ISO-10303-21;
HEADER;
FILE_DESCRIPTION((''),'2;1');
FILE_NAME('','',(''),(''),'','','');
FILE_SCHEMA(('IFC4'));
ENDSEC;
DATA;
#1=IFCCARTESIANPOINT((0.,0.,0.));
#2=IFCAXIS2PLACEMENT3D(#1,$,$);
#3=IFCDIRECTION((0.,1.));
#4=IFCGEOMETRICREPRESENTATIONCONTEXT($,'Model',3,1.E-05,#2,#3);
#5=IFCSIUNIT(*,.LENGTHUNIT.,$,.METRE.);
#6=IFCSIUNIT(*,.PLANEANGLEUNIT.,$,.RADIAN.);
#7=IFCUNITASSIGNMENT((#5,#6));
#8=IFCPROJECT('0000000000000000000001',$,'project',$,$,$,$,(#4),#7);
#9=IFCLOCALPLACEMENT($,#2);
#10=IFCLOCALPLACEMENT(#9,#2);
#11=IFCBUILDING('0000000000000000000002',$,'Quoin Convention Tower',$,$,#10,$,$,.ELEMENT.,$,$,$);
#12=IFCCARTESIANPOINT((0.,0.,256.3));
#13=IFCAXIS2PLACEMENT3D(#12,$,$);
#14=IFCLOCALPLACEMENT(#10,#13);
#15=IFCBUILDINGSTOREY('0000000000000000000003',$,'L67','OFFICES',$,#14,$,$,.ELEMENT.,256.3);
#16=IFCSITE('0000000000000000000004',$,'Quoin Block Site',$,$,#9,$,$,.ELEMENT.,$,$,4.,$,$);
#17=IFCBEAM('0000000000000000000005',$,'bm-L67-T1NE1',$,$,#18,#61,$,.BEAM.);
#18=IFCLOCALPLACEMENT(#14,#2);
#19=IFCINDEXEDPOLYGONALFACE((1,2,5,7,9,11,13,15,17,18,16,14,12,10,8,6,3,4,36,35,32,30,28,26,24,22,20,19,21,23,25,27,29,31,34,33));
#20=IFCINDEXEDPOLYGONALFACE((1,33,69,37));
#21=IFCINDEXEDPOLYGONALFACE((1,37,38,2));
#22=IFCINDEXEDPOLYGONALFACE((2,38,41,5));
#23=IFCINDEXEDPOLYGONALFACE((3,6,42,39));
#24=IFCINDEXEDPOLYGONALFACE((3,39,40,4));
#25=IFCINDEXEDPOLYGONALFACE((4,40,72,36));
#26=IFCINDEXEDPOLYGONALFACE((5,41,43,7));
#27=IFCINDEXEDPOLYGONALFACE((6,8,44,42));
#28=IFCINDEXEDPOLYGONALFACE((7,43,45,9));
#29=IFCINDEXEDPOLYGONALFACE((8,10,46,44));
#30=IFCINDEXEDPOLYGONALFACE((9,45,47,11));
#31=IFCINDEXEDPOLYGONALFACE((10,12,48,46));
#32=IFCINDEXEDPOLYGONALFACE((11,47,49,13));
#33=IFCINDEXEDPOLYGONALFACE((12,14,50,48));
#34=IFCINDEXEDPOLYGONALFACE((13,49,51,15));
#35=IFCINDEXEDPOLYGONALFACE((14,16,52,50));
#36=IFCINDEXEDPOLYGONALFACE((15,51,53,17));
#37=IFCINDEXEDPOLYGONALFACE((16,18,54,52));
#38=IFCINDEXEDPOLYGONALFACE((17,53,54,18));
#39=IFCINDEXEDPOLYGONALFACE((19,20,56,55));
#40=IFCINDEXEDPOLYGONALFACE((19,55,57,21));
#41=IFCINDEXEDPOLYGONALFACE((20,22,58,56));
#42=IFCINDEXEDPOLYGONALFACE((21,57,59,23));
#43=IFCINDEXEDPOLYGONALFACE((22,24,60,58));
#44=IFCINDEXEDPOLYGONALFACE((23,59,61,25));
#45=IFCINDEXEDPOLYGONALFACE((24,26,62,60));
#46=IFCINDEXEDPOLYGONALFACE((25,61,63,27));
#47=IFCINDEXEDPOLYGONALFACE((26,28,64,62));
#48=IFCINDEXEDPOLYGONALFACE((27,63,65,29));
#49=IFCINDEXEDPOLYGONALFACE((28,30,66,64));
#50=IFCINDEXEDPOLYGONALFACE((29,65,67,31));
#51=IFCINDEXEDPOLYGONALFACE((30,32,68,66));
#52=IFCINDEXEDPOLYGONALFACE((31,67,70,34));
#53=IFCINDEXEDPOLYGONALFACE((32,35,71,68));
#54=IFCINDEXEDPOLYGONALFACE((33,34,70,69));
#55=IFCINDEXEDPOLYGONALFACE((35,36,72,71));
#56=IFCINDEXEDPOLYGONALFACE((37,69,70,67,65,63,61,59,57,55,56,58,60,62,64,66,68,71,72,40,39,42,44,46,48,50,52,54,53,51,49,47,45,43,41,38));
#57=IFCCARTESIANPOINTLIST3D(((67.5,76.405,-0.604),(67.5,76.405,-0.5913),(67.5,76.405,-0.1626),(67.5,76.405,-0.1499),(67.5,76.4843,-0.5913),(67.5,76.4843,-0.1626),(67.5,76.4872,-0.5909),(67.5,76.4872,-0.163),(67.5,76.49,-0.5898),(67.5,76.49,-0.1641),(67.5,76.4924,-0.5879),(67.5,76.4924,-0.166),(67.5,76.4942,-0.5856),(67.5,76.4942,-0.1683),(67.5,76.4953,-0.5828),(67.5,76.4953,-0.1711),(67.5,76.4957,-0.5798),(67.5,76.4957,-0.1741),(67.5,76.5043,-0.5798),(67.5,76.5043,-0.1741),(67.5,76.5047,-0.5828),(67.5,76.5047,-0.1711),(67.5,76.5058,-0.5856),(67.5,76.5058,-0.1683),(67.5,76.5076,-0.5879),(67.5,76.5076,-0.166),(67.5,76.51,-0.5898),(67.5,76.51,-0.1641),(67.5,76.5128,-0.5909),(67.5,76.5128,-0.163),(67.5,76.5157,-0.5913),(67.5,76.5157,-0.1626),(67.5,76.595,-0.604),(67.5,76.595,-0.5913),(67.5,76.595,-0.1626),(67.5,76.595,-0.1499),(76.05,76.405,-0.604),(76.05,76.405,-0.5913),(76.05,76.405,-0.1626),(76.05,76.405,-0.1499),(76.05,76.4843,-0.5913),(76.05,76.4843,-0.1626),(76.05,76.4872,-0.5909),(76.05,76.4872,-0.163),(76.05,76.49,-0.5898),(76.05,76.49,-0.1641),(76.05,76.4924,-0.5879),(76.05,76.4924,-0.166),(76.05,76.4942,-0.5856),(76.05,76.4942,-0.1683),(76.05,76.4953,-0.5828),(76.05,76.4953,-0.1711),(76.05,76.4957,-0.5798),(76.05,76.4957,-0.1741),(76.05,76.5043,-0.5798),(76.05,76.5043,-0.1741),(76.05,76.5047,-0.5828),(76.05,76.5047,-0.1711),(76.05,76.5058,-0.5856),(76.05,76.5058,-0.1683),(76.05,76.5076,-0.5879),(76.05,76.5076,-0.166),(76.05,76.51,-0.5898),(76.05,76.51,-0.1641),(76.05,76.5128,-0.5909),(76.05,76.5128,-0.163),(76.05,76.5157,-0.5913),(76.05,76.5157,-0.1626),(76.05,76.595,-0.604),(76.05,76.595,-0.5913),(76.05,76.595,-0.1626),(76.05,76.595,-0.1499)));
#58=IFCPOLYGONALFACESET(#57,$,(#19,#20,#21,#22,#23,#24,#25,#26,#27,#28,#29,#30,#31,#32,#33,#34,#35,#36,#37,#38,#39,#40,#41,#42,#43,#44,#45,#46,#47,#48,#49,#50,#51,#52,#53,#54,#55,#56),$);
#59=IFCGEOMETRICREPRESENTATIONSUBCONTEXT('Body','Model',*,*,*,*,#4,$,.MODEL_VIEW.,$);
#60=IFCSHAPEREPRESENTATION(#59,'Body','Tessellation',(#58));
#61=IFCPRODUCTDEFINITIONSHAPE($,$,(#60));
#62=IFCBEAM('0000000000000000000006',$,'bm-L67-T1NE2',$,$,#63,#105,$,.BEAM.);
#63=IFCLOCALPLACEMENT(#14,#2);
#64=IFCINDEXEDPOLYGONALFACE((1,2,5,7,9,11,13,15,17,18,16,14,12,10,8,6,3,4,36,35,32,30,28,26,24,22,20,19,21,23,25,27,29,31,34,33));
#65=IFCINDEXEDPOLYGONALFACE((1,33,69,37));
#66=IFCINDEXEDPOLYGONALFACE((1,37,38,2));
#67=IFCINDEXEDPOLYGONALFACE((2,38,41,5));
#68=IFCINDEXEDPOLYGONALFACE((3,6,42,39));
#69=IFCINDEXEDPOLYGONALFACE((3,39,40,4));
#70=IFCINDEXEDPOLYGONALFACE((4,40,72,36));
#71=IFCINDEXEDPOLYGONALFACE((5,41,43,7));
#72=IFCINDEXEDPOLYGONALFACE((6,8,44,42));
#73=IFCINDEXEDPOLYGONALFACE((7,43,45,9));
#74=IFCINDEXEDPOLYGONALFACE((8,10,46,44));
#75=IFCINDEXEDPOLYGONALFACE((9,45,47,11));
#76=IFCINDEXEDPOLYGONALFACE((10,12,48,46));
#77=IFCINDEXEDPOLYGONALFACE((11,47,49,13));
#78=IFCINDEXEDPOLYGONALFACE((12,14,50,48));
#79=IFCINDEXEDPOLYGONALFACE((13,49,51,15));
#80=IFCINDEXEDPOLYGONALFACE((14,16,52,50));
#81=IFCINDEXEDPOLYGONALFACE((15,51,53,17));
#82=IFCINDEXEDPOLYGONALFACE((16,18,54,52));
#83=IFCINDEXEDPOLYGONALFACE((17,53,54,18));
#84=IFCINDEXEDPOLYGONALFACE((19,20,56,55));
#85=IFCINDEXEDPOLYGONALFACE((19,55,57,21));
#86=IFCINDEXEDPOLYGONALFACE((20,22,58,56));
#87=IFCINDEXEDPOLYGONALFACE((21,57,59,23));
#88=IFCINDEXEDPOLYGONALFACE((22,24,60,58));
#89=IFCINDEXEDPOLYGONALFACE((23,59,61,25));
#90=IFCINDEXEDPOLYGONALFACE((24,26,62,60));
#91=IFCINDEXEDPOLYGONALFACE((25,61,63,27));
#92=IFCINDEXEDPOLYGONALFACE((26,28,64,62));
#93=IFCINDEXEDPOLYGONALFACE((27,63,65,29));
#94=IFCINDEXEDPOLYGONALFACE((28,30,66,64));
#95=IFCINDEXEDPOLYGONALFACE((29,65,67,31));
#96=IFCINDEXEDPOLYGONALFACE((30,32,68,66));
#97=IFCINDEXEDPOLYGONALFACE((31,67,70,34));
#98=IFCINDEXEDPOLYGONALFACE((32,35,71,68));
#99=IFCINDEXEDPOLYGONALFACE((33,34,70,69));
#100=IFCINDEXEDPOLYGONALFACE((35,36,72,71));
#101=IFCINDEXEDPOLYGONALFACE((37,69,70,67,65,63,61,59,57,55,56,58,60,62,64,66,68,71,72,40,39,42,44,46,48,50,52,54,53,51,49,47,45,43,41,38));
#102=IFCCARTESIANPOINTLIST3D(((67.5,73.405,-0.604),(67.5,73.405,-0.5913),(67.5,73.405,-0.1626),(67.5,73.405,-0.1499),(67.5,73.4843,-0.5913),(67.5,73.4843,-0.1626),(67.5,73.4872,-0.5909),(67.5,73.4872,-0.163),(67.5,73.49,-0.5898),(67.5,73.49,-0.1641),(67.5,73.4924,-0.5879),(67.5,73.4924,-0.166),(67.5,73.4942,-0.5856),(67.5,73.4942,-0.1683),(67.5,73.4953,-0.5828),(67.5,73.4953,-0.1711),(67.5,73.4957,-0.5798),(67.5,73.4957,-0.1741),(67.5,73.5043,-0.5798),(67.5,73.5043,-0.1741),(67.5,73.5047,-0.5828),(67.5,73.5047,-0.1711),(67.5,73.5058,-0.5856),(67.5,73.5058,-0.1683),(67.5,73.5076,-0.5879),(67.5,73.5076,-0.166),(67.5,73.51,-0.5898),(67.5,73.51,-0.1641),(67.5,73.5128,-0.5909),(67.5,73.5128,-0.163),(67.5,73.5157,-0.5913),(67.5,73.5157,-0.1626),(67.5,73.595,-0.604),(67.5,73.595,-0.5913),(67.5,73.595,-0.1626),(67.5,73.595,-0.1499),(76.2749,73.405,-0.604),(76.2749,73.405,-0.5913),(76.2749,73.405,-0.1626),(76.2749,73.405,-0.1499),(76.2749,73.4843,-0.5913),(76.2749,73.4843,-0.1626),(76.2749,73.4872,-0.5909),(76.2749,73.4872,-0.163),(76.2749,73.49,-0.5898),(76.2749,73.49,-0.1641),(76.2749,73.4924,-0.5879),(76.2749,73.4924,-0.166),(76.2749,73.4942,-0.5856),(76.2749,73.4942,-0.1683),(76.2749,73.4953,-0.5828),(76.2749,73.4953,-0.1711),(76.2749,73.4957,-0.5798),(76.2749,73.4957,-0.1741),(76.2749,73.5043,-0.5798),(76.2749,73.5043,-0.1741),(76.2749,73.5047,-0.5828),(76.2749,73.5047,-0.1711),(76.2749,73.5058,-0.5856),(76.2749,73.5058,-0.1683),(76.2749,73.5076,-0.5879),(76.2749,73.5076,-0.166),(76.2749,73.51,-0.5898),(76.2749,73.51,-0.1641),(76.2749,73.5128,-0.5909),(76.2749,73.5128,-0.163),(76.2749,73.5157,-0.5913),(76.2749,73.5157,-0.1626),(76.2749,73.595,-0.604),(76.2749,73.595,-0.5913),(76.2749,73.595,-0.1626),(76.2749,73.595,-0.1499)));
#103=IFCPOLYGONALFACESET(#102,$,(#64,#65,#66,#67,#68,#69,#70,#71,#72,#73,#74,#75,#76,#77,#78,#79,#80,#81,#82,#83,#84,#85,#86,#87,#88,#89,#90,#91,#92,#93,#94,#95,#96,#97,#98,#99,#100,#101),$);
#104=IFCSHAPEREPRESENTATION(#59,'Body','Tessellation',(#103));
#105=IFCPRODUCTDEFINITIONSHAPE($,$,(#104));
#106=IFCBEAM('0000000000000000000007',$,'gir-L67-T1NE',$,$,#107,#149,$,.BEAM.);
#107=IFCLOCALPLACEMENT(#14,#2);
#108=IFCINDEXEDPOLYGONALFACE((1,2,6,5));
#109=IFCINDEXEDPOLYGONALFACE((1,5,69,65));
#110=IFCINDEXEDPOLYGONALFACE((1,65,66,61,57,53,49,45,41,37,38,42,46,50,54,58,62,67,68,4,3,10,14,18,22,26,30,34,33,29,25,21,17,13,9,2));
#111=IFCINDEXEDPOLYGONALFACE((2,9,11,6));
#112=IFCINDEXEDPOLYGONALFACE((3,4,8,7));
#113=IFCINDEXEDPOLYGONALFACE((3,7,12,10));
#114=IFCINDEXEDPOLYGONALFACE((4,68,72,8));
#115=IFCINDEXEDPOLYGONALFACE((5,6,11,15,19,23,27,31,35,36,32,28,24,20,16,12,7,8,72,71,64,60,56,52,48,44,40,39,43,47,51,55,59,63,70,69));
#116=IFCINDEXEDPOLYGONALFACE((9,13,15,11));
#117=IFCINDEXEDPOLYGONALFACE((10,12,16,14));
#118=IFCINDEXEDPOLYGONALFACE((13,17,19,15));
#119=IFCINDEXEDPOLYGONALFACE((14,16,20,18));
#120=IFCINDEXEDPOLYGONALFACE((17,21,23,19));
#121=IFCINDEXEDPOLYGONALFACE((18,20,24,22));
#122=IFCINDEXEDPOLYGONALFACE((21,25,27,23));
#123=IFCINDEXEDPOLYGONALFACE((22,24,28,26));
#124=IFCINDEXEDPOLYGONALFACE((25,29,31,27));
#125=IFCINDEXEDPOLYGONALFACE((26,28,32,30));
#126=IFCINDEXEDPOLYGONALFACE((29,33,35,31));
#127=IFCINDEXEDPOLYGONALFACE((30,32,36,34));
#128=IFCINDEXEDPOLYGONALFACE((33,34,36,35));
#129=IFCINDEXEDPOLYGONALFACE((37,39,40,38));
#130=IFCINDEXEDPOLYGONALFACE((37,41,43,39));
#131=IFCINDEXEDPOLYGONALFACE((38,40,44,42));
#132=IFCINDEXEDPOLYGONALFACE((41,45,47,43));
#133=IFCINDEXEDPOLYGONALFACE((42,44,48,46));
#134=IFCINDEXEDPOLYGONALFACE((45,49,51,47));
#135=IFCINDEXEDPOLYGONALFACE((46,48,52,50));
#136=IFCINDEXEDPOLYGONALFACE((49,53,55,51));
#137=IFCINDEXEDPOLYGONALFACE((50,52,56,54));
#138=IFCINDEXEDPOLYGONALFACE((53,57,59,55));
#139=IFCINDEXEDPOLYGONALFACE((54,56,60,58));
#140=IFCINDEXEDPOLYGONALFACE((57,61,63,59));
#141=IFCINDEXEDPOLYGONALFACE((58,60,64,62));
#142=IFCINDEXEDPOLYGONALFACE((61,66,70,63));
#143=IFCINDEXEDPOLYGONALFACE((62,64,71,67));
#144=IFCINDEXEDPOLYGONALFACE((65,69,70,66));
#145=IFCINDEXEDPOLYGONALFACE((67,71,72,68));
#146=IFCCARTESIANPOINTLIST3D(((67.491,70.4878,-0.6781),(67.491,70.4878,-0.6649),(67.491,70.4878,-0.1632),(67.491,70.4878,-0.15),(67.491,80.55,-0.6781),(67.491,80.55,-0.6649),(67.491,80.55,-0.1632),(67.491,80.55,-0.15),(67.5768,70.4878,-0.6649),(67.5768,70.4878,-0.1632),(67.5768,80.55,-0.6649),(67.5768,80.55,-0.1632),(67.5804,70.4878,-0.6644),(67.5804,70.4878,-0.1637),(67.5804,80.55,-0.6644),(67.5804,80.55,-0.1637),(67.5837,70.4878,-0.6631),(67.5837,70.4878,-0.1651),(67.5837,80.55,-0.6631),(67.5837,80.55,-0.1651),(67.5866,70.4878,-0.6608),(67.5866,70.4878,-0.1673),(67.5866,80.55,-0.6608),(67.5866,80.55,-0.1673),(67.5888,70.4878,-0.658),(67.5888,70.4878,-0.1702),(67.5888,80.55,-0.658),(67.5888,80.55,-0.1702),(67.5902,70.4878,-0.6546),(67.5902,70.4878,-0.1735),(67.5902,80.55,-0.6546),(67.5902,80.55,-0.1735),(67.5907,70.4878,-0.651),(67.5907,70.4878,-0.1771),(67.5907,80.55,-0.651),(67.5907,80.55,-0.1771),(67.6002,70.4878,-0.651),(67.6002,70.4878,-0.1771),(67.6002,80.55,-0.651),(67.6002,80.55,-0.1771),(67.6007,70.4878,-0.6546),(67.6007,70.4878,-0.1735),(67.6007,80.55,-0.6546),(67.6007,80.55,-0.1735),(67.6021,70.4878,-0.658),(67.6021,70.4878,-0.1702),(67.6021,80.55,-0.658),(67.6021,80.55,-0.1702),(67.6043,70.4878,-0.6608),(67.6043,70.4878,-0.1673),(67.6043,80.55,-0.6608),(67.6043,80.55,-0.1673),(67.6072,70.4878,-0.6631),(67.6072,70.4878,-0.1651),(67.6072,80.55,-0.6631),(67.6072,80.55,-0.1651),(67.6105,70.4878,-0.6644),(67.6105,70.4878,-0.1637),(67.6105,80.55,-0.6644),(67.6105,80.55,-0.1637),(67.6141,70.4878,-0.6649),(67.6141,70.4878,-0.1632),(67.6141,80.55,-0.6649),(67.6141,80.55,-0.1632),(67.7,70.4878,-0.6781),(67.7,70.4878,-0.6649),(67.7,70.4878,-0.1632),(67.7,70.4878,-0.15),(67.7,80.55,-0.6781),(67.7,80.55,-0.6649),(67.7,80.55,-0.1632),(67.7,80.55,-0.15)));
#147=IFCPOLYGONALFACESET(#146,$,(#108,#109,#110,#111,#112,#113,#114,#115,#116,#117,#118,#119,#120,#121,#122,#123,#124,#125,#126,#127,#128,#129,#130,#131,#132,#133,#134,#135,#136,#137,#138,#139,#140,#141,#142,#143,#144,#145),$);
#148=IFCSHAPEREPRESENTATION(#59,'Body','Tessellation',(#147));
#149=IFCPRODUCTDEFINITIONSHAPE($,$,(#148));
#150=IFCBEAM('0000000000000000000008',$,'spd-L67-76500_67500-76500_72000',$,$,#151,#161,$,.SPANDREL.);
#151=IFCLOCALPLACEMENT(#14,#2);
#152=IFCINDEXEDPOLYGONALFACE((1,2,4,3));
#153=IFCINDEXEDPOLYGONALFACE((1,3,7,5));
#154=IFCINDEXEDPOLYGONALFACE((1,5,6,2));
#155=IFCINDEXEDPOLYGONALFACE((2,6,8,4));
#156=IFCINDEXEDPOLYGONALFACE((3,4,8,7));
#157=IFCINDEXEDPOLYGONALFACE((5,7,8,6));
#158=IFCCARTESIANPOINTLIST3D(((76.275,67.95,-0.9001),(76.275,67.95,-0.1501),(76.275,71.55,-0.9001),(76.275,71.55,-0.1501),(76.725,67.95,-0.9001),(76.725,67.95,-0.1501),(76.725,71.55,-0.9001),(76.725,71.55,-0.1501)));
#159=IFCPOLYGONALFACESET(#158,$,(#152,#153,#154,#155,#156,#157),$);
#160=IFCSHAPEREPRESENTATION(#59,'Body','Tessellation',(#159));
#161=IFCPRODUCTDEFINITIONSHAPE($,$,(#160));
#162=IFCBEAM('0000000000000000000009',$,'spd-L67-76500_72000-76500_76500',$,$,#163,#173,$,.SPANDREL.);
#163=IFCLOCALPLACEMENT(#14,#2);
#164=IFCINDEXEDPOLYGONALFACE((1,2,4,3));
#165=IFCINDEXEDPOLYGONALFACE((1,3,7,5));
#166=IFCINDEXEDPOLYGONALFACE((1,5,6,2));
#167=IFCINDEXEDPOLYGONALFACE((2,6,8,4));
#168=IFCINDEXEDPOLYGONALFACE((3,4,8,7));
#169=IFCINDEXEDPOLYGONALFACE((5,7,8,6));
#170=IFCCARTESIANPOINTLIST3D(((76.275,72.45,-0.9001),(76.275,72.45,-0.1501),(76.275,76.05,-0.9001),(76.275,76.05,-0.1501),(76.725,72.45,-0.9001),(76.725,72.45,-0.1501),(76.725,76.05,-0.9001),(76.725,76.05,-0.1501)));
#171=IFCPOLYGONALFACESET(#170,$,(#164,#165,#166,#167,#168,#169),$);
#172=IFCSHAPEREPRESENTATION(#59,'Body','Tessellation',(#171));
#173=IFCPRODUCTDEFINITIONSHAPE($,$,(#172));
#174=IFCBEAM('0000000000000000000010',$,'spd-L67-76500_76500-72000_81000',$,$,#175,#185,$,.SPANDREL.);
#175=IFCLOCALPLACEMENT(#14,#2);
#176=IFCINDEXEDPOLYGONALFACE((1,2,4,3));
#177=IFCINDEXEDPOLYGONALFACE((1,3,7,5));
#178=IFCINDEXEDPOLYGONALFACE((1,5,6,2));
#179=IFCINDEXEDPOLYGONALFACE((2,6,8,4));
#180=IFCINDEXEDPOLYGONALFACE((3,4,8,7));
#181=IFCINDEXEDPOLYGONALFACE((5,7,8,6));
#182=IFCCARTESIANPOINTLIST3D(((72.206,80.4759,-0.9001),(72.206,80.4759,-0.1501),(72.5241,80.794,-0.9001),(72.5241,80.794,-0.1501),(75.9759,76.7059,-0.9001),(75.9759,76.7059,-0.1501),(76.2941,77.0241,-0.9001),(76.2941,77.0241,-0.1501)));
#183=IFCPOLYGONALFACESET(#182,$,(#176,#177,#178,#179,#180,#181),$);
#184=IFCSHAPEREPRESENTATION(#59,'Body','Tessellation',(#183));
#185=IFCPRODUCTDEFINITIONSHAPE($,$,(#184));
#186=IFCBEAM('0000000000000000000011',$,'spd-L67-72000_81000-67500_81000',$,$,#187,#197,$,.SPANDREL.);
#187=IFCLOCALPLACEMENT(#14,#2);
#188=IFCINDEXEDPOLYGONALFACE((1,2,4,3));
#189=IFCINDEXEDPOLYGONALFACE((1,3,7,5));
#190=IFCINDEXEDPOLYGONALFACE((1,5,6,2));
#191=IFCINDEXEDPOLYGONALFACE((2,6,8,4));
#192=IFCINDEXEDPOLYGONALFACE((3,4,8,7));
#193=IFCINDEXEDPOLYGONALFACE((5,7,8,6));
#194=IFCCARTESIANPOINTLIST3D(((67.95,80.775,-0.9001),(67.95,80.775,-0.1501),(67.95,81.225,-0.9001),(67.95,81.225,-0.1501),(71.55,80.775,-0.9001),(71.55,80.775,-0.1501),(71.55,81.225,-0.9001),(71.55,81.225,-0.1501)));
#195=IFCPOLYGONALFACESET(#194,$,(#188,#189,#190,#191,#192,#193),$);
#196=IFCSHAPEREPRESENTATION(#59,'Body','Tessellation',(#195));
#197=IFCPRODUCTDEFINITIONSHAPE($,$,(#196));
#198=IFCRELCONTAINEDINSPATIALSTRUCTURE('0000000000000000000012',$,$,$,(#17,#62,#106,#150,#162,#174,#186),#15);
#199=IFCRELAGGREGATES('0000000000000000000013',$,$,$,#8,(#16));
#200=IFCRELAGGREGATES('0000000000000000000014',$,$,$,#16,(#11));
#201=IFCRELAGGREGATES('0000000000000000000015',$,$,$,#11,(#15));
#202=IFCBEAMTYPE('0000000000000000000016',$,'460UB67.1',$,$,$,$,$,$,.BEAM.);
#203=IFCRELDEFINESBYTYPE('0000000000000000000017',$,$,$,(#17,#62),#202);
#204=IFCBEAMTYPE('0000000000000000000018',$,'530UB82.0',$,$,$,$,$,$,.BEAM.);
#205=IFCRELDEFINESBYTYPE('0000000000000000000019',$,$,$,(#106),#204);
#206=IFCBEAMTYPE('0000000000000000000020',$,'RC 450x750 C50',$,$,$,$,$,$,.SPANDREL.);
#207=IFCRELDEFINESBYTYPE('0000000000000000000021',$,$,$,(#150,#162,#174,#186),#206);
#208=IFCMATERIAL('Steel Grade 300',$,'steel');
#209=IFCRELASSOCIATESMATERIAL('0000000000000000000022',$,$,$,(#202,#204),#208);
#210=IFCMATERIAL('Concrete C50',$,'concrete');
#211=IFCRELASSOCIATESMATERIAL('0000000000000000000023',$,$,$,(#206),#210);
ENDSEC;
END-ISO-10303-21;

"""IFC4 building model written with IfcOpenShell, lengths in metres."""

from ifc_helpers import new_model, si_unit, direction, frame, origin, origin_2d, place, context, subcontext, project, spatial, rectangle, i_section, extrude, material, material_profile, profile_set, type_object, element, save


model = new_model("IFC4")

# Units and contexts
model_context = context("Model", 3, precision=1e-05, world=origin(), true_north=direction((0.0, 1.0)))
body_context = subcontext(model_context, "Body", "Model", "MODEL_VIEW")
ifc_project = project(units=[si_unit("LENGTHUNIT", "METRE"), si_unit("PLANEANGLEUNIT", "RADIAN")], contexts=[model_context])

# Site, building, storey
site_placement = place(None, origin())
site = spatial("IfcSite", under=ifc_project, at=site_placement, Name="Quoin Block Site", CompositionType="ELEMENT", RefElevation=4.0)
building_placement = place(site_placement, origin())
building = spatial("IfcBuilding", under=site, at=building_placement, Name="Quoin Convention Tower", CompositionType="ELEMENT")
storey_placement = place(building_placement, frame((0.0, 0.0, 256.3)))
storey = spatial("IfcBuildingStorey", under=building, at=storey_placement, Name="L67", Description="OFFICES", CompositionType="ELEMENT", Elevation=256.3)

# Shared definitions
ifc_material_1 = material(Name="Concrete C50", Category="concrete")

# Beams
ifc_material_2 = material(Name="Steel Grade 300", Category="steel")
ifc_material_profile_1 = material_profile(ifc_material_2, i_section(OverallWidth=0.1899, OverallDepth=0.4541, WebThickness=0.0085, FlangeThickness=0.0127, FilletRadius=0.0115, at=origin_2d()), Name="460UB67.1")
ifc_profile_set_1 = profile_set([ifc_material_profile_1], Name="Steel Grade 300")
beam_type_1 = type_object("IfcBeamType", Name="460UB67.1", PredefinedType="BEAM", material=ifc_profile_set_1)
beam_1_placement = place(storey_placement, frame((67.5, 76.5, -0.377), z_axis=(1.0, 0.0, 0.0), x_axis=(0.0, 1.0, 0.0)))
element("IfcBeam", 1, at=beam_1_placement, inside=storey, type_object=beam_type_1, Name="bm-L67-T1NE1", PredefinedType="BEAM", context=body_context, shape_type="SweptSolid", body=[
    extrude(i_section(OverallWidth=0.1899, OverallDepth=0.4541, WebThickness=0.0085, FlangeThickness=0.0127, FilletRadius=0.0115, at=origin_2d()), origin(), (0.0, 0.0, 1.0), 8.55),
])
beam_2_placement = place(storey_placement, frame((67.5, 73.5, -0.377), z_axis=(1.0, 0.0, 0.0), x_axis=(0.0, 1.0, 0.0)))
element("IfcBeam", 2, at=beam_2_placement, inside=storey, type_object=beam_type_1, Name="bm-L67-T1NE2", PredefinedType="BEAM", context=body_context, shape_type="SweptSolid", body=[
    extrude(i_section(OverallWidth=0.1899, OverallDepth=0.4541, WebThickness=0.0085, FlangeThickness=0.0127, FilletRadius=0.0115, at=origin_2d()), origin(), (0.0, 0.0, 1.0), 8.7749),
])
ifc_material_profile_2 = material_profile(ifc_material_2, i_section(OverallWidth=0.209, OverallDepth=0.5281, WebThickness=0.0095, FlangeThickness=0.0132, FilletRadius=0.0139, at=origin_2d()), Name="530UB82.0")
ifc_profile_set_2 = profile_set([ifc_material_profile_2], Name="Steel Grade 300")
beam_type_2 = type_object("IfcBeamType", Name="530UB82.0", PredefinedType="BEAM", material=ifc_profile_set_2)
beam_3_placement = place(storey_placement, frame((67.5955, 80.55, -0.4141), z_axis=(0.0, -1.0, 0.0), x_axis=(1.0, 0.0, 0.0)))
element("IfcBeam", 3, at=beam_3_placement, inside=storey, type_object=beam_type_2, Name="gir-L67-T1NE", PredefinedType="BEAM", context=body_context, shape_type="SweptSolid", body=[
    extrude(i_section(OverallWidth=0.209, OverallDepth=0.5281, WebThickness=0.0095, FlangeThickness=0.0132, FilletRadius=0.0139, at=origin_2d()), origin(), (0.0, 0.0, 1.0), 10.0623),
])
ifc_material_profile_3 = material_profile(ifc_material_1, rectangle(XDim=0.45, YDim=0.75, at=origin_2d()), Name="RC 450x750")
ifc_profile_set_3 = profile_set([ifc_material_profile_3], Name="Concrete C50")
beam_type_3 = type_object("IfcBeamType", Name="RC 450x750 C50", PredefinedType="SPANDREL", material=ifc_profile_set_3)
for number, where, z_axis, x_axis, name in (
    (4, (76.5, 67.95, -0.5251), (0.0, 1.0, 0.0), (-1.0, 0.0, 0.0), "spd-L67-76500_67500-76500_72000"),
    (5, (76.5, 72.45, -0.5251), (0.0, 1.0, 0.0), (-1.0, 0.0, 0.0), "spd-L67-76500_72000-76500_76500"),
):
    element("IfcBeam", number, at=place(storey_placement, frame(where, z_axis=z_axis, x_axis=x_axis)), inside=storey, type_object=beam_type_3, Name=name, PredefinedType="SPANDREL", context=body_context, shape_type="SweptSolid", body=[
        extrude(rectangle(XDim=0.45, YDim=0.75, at=origin_2d()), origin(), (0.0, 0.0, 1.0), 3.6001),
    ])
beam_4_placement = place(storey_placement, frame((76.135, 76.865, -0.5251), z_axis=(-0.707107, 0.707107, 0.0), x_axis=(-0.707107, -0.707107, 0.0)))
element("IfcBeam", 6, at=beam_4_placement, inside=storey, type_object=beam_type_3, Name="spd-L67-76500_76500-72000_81000", PredefinedType="SPANDREL", context=body_context, shape_type="SweptSolid", body=[
    extrude(rectangle(XDim=0.45, YDim=0.75, at=origin_2d()), origin(), (0.0, 0.0, 1.0), 5.3315),
])
for number, where, z_axis, x_axis, name in (
    (7, (71.55, 81.0, -0.5251), (-1.0, 0.0, 0.0), (0.0, -1.0, 0.0), "spd-L67-72000_81000-67500_81000"),
):
    element("IfcBeam", number, at=place(storey_placement, frame(where, z_axis=z_axis, x_axis=x_axis)), inside=storey, type_object=beam_type_3, Name=name, PredefinedType="SPANDREL", context=body_context, shape_type="SweptSolid", body=[
        extrude(rectangle(XDim=0.45, YDim=0.75, at=origin_2d()), origin(), (0.0, 0.0, 1.0), 3.6001),
    ])

save(model, "model.ifc")
